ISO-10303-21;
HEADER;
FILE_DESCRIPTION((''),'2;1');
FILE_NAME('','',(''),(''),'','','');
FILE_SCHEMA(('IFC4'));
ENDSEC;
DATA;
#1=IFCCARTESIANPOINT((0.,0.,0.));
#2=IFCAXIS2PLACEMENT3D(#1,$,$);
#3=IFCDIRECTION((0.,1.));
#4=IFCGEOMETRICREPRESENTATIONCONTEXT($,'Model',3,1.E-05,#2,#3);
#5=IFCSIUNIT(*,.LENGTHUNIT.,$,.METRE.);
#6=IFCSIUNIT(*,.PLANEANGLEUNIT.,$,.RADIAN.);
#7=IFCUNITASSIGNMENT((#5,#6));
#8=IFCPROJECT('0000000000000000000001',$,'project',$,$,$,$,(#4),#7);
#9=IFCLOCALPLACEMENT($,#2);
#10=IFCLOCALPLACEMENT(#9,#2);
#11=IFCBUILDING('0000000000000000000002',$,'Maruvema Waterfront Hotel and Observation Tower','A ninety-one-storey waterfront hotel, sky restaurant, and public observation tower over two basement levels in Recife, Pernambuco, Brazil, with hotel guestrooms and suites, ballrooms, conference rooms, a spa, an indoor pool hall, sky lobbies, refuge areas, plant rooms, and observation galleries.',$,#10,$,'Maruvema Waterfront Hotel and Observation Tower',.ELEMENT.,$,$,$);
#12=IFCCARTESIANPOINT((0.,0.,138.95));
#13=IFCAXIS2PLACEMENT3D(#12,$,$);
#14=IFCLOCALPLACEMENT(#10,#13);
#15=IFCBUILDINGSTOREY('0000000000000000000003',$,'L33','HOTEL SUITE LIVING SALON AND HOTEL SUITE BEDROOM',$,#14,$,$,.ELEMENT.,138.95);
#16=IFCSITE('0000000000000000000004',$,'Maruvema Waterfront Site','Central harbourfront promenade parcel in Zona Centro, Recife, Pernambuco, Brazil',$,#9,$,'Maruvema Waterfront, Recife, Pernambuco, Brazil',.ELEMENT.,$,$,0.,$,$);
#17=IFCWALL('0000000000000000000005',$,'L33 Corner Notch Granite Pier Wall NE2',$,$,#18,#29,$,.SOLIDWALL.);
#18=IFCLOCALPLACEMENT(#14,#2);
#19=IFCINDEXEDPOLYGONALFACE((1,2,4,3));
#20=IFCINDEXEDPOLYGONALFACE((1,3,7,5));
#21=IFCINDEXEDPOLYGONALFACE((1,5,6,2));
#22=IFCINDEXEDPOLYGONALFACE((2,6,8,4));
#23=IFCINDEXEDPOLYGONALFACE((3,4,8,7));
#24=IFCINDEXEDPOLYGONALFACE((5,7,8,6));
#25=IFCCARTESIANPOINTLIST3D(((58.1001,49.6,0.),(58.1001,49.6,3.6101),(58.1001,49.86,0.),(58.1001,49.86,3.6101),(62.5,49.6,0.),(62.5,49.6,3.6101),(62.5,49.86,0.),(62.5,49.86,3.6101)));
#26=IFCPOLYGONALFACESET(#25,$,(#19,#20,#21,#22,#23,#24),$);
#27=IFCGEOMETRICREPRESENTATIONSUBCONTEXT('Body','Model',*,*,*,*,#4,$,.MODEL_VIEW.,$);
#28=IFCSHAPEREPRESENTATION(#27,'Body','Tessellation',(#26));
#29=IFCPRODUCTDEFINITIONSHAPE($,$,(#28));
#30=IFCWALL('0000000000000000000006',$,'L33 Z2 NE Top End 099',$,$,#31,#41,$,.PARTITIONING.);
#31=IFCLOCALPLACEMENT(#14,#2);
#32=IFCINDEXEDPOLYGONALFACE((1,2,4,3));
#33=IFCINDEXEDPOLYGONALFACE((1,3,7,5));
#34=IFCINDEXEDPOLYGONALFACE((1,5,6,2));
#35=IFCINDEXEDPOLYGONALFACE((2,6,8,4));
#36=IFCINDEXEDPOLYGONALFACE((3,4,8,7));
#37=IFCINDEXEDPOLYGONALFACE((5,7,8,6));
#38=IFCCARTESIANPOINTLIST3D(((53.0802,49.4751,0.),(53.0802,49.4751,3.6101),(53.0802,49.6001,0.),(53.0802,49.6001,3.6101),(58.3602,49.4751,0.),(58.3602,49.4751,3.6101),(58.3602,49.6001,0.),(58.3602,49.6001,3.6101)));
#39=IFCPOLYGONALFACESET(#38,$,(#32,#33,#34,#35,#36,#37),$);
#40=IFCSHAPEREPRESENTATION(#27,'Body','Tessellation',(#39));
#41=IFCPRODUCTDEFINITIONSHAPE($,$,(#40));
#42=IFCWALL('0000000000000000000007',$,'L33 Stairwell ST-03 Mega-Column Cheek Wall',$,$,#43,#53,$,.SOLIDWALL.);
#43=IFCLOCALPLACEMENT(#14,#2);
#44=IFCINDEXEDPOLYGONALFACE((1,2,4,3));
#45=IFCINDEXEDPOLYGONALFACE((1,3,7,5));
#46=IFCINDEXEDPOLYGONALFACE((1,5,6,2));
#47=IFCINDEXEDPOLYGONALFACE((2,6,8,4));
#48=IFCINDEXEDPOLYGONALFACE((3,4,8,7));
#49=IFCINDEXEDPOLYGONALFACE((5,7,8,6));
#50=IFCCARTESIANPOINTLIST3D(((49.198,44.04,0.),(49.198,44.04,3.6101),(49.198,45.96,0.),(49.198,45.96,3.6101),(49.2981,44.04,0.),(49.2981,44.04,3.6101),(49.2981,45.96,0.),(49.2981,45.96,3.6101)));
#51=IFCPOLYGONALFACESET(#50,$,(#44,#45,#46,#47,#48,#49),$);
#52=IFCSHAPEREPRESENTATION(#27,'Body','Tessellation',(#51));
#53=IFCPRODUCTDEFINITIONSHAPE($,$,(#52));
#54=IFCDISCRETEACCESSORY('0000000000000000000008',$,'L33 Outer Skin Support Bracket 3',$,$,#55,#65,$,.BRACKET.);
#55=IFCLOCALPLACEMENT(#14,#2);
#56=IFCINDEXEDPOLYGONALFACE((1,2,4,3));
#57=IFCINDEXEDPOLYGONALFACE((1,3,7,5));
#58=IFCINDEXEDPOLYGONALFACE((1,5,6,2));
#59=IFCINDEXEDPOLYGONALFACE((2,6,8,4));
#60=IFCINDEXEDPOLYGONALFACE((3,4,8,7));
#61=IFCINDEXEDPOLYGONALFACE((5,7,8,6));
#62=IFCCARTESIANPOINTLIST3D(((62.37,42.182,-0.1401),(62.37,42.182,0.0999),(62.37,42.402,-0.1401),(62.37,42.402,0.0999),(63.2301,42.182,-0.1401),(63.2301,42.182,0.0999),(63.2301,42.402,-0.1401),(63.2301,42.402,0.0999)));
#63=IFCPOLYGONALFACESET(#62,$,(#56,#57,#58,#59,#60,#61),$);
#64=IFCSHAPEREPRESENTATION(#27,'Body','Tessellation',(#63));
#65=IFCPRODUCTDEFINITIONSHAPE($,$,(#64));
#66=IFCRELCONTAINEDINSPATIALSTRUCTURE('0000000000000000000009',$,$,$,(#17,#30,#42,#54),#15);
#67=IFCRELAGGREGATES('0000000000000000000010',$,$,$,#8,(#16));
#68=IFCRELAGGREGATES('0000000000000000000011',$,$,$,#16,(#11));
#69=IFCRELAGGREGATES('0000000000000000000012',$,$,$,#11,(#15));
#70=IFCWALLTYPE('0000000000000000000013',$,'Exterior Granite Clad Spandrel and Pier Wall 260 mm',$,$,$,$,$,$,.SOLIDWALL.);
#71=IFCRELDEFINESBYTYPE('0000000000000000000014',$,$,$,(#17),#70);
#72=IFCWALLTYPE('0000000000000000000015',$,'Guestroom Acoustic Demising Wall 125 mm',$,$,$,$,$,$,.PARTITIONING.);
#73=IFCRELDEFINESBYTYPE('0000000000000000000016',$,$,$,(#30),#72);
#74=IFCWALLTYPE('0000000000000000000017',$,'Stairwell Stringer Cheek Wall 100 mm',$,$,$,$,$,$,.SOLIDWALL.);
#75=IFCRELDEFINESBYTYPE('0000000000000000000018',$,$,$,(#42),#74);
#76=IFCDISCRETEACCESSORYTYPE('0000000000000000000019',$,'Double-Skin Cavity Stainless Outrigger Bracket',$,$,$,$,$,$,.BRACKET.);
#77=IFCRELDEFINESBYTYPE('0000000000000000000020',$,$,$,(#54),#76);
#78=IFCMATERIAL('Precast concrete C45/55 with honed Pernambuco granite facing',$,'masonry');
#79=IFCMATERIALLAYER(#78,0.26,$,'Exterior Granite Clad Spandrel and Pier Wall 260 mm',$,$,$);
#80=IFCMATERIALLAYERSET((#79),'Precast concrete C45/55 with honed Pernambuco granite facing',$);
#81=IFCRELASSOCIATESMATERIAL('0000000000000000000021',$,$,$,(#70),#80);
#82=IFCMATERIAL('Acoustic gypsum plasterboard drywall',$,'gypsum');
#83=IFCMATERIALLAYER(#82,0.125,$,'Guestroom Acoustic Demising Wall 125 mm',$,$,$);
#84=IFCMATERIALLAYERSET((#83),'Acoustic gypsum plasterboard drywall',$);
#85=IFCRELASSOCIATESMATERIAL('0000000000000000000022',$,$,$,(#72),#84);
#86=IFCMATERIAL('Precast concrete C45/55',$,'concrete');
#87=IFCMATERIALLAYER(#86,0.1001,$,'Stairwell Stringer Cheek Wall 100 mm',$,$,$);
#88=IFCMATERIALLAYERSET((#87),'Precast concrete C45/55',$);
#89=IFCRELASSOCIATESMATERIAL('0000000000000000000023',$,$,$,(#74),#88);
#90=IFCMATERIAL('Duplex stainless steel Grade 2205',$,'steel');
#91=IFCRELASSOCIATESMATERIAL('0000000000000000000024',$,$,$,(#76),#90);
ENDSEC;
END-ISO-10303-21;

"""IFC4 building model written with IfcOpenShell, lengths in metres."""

from ifc_helpers import new_model, si_unit, direction, frame, frame_2d, origin, origin_2d, place, context, subcontext, project, spatial, rectangle, extrude, material, layer, layer_set, type_object, element, save


model = new_model("IFC4")

# Units and contexts
model_context = context("Model", 3, precision=1e-05, world=origin(), true_north=direction((0.0, 1.0)))
body_context = subcontext(model_context, "Body", "Model", "MODEL_VIEW")
ifc_project = project(units=[si_unit("LENGTHUNIT", "METRE"), si_unit("PLANEANGLEUNIT", "RADIAN")], contexts=[model_context])

# Site, building, storey
site_placement = place(None, origin())
site = spatial("IfcSite", under=ifc_project, at=site_placement, Name="Maruvema Waterfront Site", Description="Central harbourfront promenade parcel in Zona Centro, Recife, Pernambuco, Brazil", LongName="Maruvema Waterfront, Recife, Pernambuco, Brazil", CompositionType="ELEMENT", RefElevation=0.0)
building_placement = place(site_placement, origin())
building = spatial("IfcBuilding", under=site, at=building_placement, Name="Maruvema Waterfront Hotel and Observation Tower", Description="A ninety-one-storey waterfront hotel, sky restaurant, and public observation tower over two basement levels in Recife, Pernambuco, Brazil, with hotel guestrooms and suites, ballrooms, conference rooms, a spa, an indoor pool hall, sky lobbies, refuge areas, plant rooms, and observation galleries.", LongName="Maruvema Waterfront Hotel and Observation Tower", CompositionType="ELEMENT")
storey_placement = place(building_placement, frame((0.0, 0.0, 138.95)))
storey = spatial("IfcBuildingStorey", under=building, at=storey_placement, Name="L33", Description="HOTEL SUITE LIVING SALON AND HOTEL SUITE BEDROOM", CompositionType="ELEMENT", Elevation=138.95)

# Walls
ifc_material_1 = material(Name="Precast concrete C45/55 with honed Pernambuco granite facing", Category="masonry")
ifc_layer_1 = layer(ifc_material_1, 0.26, Name="Exterior Granite Clad Spandrel and Pier Wall 260 mm")
ifc_layer_set_1 = layer_set([ifc_layer_1], Name="Precast concrete C45/55 with honed Pernambuco granite facing")
wall_type_1 = type_object("IfcWallType", Name="Exterior Granite Clad Spandrel and Pier Wall 260 mm", PredefinedType="SOLIDWALL", material=ifc_layer_set_1)
for number, where, z_axis, x_axis, name in (
    (1, (58.1001, 49.73, 0.0), (0.0, 0.0, 1.0), (1.0, 0.0, 0.0), "L33 Corner Notch Granite Pier Wall NE2"),
):
    element("IfcWall", number, at=place(storey_placement, frame(where, z_axis=z_axis, x_axis=x_axis)), inside=storey, type_object=wall_type_1, Name=name, PredefinedType="SOLIDWALL", context=body_context, shape_type="SweptSolid", body=[
        extrude(rectangle(XDim=4.3999, YDim=0.26, at=frame_2d((2.2, 0.0))), origin(), (0.0, 0.0, 1.0), 3.6101),
    ])
ifc_material_2 = material(Name="Acoustic gypsum plasterboard drywall", Category="gypsum")
ifc_layer_2 = layer(ifc_material_2, 0.125, Name="Guestroom Acoustic Demising Wall 125 mm")
ifc_layer_set_2 = layer_set([ifc_layer_2], Name="Acoustic gypsum plasterboard drywall")
wall_type_2 = type_object("IfcWallType", Name="Guestroom Acoustic Demising Wall 125 mm", PredefinedType="PARTITIONING", material=ifc_layer_set_2)
wall_1_placement = place(storey_placement, frame((53.0801, 49.5376, 0.0), z_axis=(0.0, 0.0, 1.0), x_axis=(1.0, 0.0, 0.0)))
element("IfcWall", 2, at=wall_1_placement, inside=storey, type_object=wall_type_2, Name="L33 Z2 NE Top End 099", PredefinedType="PARTITIONING", context=body_context, shape_type="SweptSolid", body=[
    extrude(rectangle(XDim=5.28, YDim=0.125, at=frame_2d((2.6401, 0.0))), origin(), (0.0, 0.0, 1.0), 3.6101),
])
ifc_material_3 = material(Name="Precast concrete C45/55", Category="concrete")
ifc_layer_3 = layer(ifc_material_3, 0.1001, Name="Stairwell Stringer Cheek Wall 100 mm")
ifc_layer_set_3 = layer_set([ifc_layer_3], Name="Precast concrete C45/55")
wall_type_3 = type_object("IfcWallType", Name="Stairwell Stringer Cheek Wall 100 mm", PredefinedType="SOLIDWALL", material=ifc_layer_set_3)
wall_2_placement = place(storey_placement, frame((49.248, 44.04, 0.0), z_axis=(0.0, 0.0, 1.0), x_axis=(0.0, 1.0, 0.0)))
element("IfcWall", 3, at=wall_2_placement, inside=storey, type_object=wall_type_3, Name="L33 Stairwell ST-03 Mega-Column Cheek Wall", PredefinedType="SOLIDWALL", context=body_context, shape_type="SweptSolid", body=[
    extrude(rectangle(XDim=1.9199, YDim=0.1001, at=frame_2d((0.96, 0.0))), origin(), (0.0, 0.0, 1.0), 3.6101),
])

# Discrete accessory
ifc_material_4 = material(Name="Duplex stainless steel Grade 2205", Category="steel")
discrete_accessory_type = type_object("IfcDiscreteAccessoryType", Name="Double-Skin Cavity Stainless Outrigger Bracket", PredefinedType="BRACKET", material=ifc_material_4)
discrete_accessory_placement = place(storey_placement, frame((62.8, 42.292, -0.1401), z_axis=(0.0, 0.0, 1.0), x_axis=(0.0, 1.0, 0.0)))
element("IfcDiscreteAccessory", 4, at=discrete_accessory_placement, inside=storey, type_object=discrete_accessory_type, Name="L33 Outer Skin Support Bracket 3", PredefinedType="BRACKET", context=body_context, shape_type="SweptSolid", body=[
    extrude(rectangle(XDim=0.22, YDim=0.8601, at=origin_2d()), origin(), (0.0, 0.0, 1.0), 0.24),
])

save(model, "model.ifc")
